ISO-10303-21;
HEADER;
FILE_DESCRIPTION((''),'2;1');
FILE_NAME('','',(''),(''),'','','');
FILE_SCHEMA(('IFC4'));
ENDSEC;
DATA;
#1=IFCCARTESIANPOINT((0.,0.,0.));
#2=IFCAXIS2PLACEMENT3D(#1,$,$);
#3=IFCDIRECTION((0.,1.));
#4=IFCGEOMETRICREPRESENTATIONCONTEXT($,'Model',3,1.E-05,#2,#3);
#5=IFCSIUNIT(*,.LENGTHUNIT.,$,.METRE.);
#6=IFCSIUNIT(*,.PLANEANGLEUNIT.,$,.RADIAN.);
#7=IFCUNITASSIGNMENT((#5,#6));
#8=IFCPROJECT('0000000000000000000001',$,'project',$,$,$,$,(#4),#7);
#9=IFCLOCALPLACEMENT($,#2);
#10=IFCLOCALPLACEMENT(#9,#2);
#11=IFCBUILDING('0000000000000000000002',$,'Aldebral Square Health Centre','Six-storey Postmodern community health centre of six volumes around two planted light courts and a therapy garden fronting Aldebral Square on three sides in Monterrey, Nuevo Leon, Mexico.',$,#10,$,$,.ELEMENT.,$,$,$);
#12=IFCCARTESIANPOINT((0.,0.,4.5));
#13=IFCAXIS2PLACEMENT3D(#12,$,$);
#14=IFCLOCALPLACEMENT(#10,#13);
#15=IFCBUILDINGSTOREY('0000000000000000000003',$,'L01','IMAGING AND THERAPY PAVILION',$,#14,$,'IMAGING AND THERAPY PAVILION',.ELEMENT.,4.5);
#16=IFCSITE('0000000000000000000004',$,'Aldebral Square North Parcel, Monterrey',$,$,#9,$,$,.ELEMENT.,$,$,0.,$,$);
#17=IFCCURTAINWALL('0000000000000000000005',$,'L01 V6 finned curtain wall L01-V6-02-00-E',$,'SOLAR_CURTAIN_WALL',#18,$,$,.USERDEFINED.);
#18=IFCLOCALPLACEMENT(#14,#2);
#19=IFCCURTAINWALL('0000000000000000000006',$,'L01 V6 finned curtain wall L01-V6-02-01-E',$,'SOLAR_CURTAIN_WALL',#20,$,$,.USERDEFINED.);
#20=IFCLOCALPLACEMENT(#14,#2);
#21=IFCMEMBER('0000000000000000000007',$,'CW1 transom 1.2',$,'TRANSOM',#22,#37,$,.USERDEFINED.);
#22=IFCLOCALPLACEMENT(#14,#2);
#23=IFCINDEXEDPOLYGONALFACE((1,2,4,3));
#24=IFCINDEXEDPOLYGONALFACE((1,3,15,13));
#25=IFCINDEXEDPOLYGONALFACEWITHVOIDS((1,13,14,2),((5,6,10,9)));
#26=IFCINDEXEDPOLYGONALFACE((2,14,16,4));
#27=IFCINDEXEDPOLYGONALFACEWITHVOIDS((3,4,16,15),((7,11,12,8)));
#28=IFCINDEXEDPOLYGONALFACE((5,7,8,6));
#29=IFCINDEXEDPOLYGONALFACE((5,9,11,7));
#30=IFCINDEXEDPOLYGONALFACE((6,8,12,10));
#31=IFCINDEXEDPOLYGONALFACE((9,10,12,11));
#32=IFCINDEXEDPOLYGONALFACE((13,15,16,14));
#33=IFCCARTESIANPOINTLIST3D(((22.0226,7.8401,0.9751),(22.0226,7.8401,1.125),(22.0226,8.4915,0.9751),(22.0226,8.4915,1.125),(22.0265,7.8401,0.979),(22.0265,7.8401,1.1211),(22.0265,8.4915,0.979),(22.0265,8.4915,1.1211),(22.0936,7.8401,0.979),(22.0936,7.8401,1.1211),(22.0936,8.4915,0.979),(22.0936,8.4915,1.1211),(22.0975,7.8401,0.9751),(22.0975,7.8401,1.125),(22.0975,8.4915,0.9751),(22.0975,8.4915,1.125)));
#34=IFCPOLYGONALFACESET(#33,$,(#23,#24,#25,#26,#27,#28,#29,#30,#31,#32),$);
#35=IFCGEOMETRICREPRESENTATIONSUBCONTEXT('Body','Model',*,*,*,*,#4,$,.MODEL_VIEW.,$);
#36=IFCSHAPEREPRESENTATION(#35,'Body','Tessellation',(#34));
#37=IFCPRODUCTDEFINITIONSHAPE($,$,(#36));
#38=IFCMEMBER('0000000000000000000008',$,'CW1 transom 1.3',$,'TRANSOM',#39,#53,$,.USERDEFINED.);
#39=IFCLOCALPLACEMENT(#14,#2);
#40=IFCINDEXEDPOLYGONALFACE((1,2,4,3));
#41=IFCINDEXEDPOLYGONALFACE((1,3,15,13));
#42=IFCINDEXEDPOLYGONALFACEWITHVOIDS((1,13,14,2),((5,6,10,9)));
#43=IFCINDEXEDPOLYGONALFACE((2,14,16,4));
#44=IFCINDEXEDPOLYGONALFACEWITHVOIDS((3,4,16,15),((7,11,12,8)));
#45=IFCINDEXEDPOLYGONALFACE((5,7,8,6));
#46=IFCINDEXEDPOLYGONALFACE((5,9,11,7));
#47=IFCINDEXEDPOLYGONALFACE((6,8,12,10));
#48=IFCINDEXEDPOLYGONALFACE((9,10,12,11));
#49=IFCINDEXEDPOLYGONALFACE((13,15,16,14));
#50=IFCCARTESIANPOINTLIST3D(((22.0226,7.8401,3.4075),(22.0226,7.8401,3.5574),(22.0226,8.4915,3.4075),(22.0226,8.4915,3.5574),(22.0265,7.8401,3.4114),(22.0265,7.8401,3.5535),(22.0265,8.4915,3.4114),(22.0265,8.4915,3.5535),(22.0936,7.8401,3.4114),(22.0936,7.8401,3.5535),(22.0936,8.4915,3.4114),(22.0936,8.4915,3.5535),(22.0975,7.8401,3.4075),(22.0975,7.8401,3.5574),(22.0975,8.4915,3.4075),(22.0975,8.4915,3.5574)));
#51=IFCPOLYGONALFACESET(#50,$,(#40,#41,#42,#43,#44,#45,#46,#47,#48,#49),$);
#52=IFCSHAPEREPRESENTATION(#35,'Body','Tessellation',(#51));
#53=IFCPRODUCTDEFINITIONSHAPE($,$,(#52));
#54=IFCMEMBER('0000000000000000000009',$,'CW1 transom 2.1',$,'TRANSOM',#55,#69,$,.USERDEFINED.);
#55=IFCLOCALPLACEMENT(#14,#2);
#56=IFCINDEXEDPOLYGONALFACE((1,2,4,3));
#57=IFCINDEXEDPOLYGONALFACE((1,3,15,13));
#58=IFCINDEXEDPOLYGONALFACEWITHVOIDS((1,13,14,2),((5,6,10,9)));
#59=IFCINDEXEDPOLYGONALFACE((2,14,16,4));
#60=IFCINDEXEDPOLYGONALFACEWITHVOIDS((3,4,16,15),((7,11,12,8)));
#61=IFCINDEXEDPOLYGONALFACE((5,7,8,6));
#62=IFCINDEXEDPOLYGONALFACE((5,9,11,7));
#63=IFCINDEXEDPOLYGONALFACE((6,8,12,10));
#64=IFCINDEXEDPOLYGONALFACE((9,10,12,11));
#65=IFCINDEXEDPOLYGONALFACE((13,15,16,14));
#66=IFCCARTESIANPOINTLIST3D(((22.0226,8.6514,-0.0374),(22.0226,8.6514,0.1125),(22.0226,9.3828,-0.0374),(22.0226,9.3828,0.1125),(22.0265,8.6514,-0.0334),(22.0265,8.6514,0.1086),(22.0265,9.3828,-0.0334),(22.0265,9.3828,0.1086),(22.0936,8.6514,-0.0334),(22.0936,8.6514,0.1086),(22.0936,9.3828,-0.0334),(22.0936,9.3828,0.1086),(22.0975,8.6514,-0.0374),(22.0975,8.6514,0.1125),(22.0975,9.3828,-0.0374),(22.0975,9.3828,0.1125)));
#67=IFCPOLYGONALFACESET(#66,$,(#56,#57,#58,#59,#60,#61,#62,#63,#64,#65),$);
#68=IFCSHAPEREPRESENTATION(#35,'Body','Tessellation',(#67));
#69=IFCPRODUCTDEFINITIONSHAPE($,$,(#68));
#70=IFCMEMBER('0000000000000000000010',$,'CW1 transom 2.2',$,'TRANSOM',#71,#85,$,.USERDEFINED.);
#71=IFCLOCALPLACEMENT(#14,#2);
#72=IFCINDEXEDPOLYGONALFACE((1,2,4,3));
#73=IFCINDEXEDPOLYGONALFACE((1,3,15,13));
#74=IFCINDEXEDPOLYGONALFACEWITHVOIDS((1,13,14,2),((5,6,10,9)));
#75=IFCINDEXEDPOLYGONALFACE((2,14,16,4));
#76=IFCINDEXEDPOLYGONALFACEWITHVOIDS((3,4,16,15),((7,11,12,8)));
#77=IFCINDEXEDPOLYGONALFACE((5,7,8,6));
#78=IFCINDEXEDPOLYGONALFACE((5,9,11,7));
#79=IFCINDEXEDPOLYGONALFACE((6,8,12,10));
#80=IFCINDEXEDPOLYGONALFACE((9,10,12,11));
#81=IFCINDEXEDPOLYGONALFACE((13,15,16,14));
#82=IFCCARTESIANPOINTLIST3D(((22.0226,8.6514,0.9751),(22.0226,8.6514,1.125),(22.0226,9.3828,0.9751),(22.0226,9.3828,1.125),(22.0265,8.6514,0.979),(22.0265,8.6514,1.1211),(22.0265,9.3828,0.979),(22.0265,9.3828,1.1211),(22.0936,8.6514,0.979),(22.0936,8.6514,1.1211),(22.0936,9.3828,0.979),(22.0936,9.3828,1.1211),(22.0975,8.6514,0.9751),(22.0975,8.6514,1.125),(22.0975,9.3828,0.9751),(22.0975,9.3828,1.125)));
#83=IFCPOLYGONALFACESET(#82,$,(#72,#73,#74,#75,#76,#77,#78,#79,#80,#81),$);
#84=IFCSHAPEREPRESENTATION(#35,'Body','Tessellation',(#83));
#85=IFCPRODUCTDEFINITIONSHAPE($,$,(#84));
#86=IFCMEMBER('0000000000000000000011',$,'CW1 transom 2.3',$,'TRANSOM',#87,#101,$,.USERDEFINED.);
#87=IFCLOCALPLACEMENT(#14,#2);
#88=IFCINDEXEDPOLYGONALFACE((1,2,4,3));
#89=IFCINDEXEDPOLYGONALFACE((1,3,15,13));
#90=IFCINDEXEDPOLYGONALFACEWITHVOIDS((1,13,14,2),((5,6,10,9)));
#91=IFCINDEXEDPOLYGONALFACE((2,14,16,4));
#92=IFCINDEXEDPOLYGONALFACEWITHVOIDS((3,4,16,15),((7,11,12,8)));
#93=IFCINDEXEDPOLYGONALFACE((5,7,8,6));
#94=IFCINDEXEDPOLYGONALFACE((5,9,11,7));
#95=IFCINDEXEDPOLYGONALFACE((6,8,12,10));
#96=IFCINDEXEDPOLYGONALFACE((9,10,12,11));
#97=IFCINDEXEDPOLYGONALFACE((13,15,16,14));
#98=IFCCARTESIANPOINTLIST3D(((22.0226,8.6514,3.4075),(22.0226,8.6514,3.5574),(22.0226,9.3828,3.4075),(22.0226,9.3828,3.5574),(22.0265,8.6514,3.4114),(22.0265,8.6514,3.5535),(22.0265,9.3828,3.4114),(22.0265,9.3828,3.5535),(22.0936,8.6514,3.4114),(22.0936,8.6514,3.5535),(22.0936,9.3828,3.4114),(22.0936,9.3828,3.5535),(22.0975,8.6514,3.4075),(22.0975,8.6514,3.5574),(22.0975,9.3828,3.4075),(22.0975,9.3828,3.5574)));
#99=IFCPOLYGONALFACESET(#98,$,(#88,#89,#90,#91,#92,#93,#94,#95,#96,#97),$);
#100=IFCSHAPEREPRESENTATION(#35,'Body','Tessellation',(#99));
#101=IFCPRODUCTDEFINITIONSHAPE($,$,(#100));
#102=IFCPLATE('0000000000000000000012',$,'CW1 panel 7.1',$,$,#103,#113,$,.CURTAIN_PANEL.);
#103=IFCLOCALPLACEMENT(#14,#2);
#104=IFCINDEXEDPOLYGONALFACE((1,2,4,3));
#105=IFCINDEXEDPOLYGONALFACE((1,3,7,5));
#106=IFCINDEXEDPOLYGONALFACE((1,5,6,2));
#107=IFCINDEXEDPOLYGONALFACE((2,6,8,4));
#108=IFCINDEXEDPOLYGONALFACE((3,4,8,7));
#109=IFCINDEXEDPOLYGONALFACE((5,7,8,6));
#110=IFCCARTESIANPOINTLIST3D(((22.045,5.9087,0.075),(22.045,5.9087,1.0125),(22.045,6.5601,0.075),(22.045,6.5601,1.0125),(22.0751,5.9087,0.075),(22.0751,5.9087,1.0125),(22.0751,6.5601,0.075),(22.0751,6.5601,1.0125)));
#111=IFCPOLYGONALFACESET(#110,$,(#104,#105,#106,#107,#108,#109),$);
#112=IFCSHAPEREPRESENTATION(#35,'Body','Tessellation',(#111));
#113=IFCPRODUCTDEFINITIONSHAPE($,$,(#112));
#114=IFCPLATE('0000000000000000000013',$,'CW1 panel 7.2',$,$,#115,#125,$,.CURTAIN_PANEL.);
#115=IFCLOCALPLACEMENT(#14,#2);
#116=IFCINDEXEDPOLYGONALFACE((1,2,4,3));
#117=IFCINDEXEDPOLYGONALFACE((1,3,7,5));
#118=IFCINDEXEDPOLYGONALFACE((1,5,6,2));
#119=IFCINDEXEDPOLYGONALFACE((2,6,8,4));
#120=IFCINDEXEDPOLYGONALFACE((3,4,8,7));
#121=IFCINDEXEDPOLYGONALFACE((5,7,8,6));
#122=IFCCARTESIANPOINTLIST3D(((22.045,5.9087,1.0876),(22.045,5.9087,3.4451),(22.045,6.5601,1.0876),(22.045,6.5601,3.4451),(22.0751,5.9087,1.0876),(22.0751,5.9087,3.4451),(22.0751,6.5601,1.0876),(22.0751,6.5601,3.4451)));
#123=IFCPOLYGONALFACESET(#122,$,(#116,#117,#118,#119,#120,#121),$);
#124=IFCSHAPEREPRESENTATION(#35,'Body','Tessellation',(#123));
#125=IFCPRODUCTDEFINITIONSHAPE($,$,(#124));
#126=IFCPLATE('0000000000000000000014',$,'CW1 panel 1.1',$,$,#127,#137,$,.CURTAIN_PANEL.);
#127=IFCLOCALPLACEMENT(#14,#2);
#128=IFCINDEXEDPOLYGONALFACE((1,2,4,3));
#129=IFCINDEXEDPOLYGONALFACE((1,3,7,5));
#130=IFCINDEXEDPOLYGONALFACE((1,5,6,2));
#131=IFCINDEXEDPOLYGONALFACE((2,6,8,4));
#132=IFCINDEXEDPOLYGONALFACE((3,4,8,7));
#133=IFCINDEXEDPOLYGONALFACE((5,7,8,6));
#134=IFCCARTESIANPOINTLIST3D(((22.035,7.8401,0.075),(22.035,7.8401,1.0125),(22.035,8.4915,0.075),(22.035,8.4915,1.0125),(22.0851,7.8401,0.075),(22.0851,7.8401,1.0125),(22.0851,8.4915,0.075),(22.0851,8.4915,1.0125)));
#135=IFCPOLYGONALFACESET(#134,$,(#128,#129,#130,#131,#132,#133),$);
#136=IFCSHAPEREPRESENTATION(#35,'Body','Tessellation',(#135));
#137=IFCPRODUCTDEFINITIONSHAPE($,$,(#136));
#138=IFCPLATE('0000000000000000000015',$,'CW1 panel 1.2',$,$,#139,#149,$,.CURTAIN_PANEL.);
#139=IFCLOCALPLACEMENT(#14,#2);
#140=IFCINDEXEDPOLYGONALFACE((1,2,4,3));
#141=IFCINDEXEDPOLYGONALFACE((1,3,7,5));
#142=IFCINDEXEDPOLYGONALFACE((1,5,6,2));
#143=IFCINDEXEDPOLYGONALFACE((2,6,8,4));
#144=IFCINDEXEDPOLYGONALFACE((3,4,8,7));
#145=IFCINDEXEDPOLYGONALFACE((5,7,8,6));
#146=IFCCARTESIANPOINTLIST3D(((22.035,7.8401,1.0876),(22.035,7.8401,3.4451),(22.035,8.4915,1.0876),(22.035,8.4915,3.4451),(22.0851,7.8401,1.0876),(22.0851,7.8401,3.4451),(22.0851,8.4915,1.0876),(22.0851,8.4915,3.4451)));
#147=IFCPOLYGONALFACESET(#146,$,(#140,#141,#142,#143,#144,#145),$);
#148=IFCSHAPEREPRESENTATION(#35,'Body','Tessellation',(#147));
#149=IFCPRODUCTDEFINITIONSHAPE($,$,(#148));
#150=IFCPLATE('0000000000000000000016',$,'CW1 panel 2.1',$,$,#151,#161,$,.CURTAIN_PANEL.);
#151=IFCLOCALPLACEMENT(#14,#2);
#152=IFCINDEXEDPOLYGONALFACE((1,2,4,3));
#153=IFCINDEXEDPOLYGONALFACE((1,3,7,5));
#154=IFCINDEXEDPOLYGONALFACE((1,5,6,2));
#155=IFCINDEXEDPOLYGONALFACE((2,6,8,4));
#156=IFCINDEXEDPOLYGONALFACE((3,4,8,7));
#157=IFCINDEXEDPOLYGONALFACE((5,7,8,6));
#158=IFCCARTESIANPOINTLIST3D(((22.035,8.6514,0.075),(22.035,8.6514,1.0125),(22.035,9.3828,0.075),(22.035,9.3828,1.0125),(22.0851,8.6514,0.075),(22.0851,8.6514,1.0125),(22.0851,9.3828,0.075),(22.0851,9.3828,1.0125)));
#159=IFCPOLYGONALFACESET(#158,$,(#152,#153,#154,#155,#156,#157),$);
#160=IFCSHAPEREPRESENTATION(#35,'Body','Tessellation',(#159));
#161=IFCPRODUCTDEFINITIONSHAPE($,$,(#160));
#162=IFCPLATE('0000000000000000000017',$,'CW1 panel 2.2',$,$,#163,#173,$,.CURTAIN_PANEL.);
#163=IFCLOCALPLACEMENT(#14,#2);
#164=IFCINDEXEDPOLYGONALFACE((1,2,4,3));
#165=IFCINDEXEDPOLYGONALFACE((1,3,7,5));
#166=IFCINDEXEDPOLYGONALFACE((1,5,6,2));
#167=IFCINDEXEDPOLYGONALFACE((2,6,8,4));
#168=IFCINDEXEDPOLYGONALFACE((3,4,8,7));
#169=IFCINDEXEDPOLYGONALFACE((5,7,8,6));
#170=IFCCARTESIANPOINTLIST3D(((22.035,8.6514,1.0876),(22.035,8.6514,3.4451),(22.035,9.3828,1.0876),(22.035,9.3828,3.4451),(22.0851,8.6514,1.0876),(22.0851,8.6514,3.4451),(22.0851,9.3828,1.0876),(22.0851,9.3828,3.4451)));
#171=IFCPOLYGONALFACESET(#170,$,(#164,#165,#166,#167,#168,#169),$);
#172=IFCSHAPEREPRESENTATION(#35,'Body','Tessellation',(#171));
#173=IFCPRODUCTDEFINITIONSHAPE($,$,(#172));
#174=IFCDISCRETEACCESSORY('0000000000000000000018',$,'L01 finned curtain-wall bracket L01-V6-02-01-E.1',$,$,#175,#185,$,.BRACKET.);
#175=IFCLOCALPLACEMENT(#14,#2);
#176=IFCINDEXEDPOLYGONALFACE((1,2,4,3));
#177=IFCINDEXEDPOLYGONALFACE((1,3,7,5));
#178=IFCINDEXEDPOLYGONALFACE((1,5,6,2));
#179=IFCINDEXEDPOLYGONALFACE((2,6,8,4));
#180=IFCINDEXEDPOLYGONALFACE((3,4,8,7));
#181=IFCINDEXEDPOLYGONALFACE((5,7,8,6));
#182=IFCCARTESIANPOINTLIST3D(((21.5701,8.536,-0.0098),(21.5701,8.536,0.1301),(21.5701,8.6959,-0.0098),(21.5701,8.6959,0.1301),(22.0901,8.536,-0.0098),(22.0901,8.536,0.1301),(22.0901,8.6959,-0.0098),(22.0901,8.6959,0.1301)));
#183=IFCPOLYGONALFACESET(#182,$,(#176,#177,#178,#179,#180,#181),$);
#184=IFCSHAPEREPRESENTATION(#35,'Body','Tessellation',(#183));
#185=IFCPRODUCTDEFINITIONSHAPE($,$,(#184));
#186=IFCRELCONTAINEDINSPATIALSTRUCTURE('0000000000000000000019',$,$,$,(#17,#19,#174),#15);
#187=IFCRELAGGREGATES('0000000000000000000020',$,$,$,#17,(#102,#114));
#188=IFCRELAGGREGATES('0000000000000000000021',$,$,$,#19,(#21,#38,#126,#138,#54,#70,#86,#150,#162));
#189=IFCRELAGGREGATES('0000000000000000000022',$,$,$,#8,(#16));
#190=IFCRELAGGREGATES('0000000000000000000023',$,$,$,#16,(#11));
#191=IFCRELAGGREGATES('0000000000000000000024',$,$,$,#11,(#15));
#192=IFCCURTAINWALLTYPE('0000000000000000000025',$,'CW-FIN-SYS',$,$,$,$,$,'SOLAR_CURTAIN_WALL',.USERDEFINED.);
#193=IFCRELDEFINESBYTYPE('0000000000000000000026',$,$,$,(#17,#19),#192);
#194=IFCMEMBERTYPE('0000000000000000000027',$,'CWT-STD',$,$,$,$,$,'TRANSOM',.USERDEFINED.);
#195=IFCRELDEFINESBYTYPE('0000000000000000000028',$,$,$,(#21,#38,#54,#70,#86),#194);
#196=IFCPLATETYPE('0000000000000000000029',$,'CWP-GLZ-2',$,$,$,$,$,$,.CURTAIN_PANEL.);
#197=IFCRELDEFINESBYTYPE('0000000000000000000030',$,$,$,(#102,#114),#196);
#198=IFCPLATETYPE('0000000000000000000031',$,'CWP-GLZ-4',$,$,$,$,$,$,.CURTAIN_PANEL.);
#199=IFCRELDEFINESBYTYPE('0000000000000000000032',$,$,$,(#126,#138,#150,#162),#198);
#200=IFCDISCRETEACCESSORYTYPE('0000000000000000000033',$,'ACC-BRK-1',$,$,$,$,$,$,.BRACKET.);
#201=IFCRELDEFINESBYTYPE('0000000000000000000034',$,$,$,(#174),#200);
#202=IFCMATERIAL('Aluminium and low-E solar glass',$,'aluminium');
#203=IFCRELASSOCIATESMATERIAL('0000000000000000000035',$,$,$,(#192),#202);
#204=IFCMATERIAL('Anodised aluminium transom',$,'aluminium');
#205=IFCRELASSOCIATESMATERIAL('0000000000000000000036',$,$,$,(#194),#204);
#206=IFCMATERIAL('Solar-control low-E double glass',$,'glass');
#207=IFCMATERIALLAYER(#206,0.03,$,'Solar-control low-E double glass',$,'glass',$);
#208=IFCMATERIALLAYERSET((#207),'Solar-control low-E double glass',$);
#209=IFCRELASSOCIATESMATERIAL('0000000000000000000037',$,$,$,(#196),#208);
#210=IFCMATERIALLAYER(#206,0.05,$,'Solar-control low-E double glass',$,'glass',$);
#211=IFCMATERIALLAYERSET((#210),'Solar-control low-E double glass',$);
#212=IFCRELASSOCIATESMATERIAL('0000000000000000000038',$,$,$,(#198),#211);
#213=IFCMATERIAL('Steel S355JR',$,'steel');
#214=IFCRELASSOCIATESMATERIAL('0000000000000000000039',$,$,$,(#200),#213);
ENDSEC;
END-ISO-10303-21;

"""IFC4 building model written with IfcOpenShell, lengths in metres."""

from ifc_helpers import new_model, si_unit, direction, frame, origin, origin_2d, place, context, subcontext, project, spatial, rectangle, hollow_rectangle, extrude, material, layer, layer_set, material_profile, profile_set, type_object, element, aggregate, save


model = new_model("IFC4")

# Units and contexts
model_context = context("Model", 3, precision=1e-05, world=origin(), true_north=direction((0.0, 1.0)))
body_context = subcontext(model_context, "Body", "Model", "MODEL_VIEW")
ifc_project = project(units=[si_unit("LENGTHUNIT", "METRE"), si_unit("PLANEANGLEUNIT", "RADIAN")], contexts=[model_context])

# Site, building, storey
site_placement = place(None, origin())
site = spatial("IfcSite", under=ifc_project, at=site_placement, Name="Aldebral Square North Parcel, Monterrey", CompositionType="ELEMENT", RefElevation=0.0)
building_placement = place(site_placement, origin())
building = spatial("IfcBuilding", under=site, at=building_placement, Name="Aldebral Square Health Centre", Description="Six-storey Postmodern community health centre of six volumes around two planted light courts and a therapy garden fronting Aldebral Square on three sides in Monterrey, Nuevo Leon, Mexico.", CompositionType="ELEMENT")
storey_placement = place(building_placement, frame((0.0, 0.0, 4.5)))
storey = spatial("IfcBuildingStorey", under=building, at=storey_placement, Name="L01", Description="IMAGING AND THERAPY PAVILION", LongName="IMAGING AND THERAPY PAVILION", CompositionType="ELEMENT", Elevation=4.5)

# Curtain wall
ifc_material_1 = material(Name="Aluminium and low-E solar glass", Category="aluminium")
curtain_wall_type = type_object("IfcCurtainWallType", Name="CW-FIN-SYS", ElementType="SOLAR_CURTAIN_WALL", PredefinedType="USERDEFINED", material=ifc_material_1)
curtain_wall_1_placement = place(storey_placement, origin())
curtain_wall_1 = element("IfcCurtainWall", 1, at=curtain_wall_1_placement, inside=storey, type_object=curtain_wall_type, Name="L01 V6 finned curtain wall L01-V6-02-00-E", ObjectType="SOLAR_CURTAIN_WALL", PredefinedType="USERDEFINED")

# Curtain wall
curtain_wall_2_placement = place(storey_placement, origin())
curtain_wall_2 = element("IfcCurtainWall", 2, at=curtain_wall_2_placement, inside=storey, type_object=curtain_wall_type, Name="L01 V6 finned curtain wall L01-V6-02-01-E", ObjectType="SOLAR_CURTAIN_WALL", PredefinedType="USERDEFINED")

# Members
ifc_material_2 = material(Name="Anodised aluminium transom", Category="aluminium")
ifc_material_profile_1 = material_profile(ifc_material_2, hollow_rectangle(XDim=0.075, YDim=0.1499, WallThickness=0.0039, at=origin_2d()), Name="CWT 75x150x4")
ifc_profile_set_1 = profile_set([ifc_material_profile_1], Name="Anodised aluminium transom")
member_type_1 = type_object("IfcMemberType", Name="CWT-STD", ElementType="TRANSOM", PredefinedType="USERDEFINED", material=ifc_profile_set_1)
member_1_placement = place(storey_placement, frame((22.0601, 7.8401, 1.05), z_axis=(0.0, 1.0, 0.0), x_axis=(-1.0, 0.0, 0.0)))
member_1 = element("IfcMember", 3, at=member_1_placement, type_object=member_type_1, Name="CW1 transom 1.2", ObjectType="TRANSOM", PredefinedType="USERDEFINED", context=body_context, shape_type="SweptSolid", body=[
    extrude(hollow_rectangle(XDim=0.075, YDim=0.1499, WallThickness=0.0039, at=origin_2d()), origin(), (0.0, 0.0, 1.0), 0.6514),
])
member_2_placement = place(storey_placement, frame((22.0601, 7.8401, 3.4824), z_axis=(0.0, 1.0, 0.0), x_axis=(-1.0, 0.0, 0.0)))
member_2 = element("IfcMember", 4, at=member_2_placement, type_object=member_type_1, Name="CW1 transom 1.3", ObjectType="TRANSOM", PredefinedType="USERDEFINED", context=body_context, shape_type="SweptSolid", body=[
    extrude(hollow_rectangle(XDim=0.075, YDim=0.1499, WallThickness=0.0039, at=origin_2d()), origin(), (0.0, 0.0, 1.0), 0.6514),
])
member_3_placement = place(storey_placement, frame((22.0601, 8.6514, 0.0376), z_axis=(0.0, 1.0, 0.0), x_axis=(-1.0, 0.0, 0.0)))
member_3 = element("IfcMember", 5, at=member_3_placement, type_object=member_type_1, Name="CW1 transom 2.1", ObjectType="TRANSOM", PredefinedType="USERDEFINED", context=body_context, shape_type="SweptSolid", body=[
    extrude(hollow_rectangle(XDim=0.075, YDim=0.1499, WallThickness=0.0039, at=origin_2d()), origin(), (0.0, 0.0, 1.0), 0.7314),
])
member_4_placement = place(storey_placement, frame((22.0601, 8.6514, 1.05), z_axis=(0.0, 1.0, 0.0), x_axis=(-1.0, 0.0, 0.0)))
member_4 = element("IfcMember", 6, at=member_4_placement, type_object=member_type_1, Name="CW1 transom 2.2", ObjectType="TRANSOM", PredefinedType="USERDEFINED", context=body_context, shape_type="SweptSolid", body=[
    extrude(hollow_rectangle(XDim=0.075, YDim=0.1499, WallThickness=0.0039, at=origin_2d()), origin(), (0.0, 0.0, 1.0), 0.7314),
])
member_5_placement = place(storey_placement, frame((22.0601, 8.6514, 3.4824), z_axis=(0.0, 1.0, 0.0), x_axis=(-1.0, 0.0, 0.0)))
member_5 = element("IfcMember", 7, at=member_5_placement, type_object=member_type_1, Name="CW1 transom 2.3", ObjectType="TRANSOM", PredefinedType="USERDEFINED", context=body_context, shape_type="SweptSolid", body=[
    extrude(hollow_rectangle(XDim=0.075, YDim=0.1499, WallThickness=0.0039, at=origin_2d()), origin(), (0.0, 0.0, 1.0), 0.7314),
])

# Plates
ifc_material_3 = material(Name="Solar-control low-E double glass", Category="glass")
ifc_layer_1 = layer(ifc_material_3, 0.03, Name="Solar-control low-E double glass", Category="glass")
ifc_layer_set_1 = layer_set([ifc_layer_1], Name="Solar-control low-E double glass")
plate_type_1 = type_object("IfcPlateType", Name="CWP-GLZ-2", PredefinedType="CURTAIN_PANEL", material=ifc_layer_set_1)
plate_1_placement = place(storey_placement, frame((22.0601, 6.2344, 0.075), z_axis=(0.0, 0.0, 1.0), x_axis=(0.0, 1.0, 0.0)))
plate_1 = element("IfcPlate", 8, at=plate_1_placement, type_object=plate_type_1, Name="CW1 panel 7.1", PredefinedType="CURTAIN_PANEL", context=body_context, shape_type="SweptSolid", body=[
    extrude(rectangle(XDim=0.6514, YDim=0.03, at=origin_2d()), origin(), (0.0, 0.0, 1.0), 0.9375),
])
plate_2_placement = place(storey_placement, frame((22.0601, 6.2344, 1.0876), z_axis=(0.0, 0.0, 1.0), x_axis=(0.0, 1.0, 0.0)))
plate_2 = element("IfcPlate", 9, at=plate_2_placement, type_object=plate_type_1, Name="CW1 panel 7.2", PredefinedType="CURTAIN_PANEL", context=body_context, shape_type="SweptSolid", body=[
    extrude(rectangle(XDim=0.6514, YDim=0.03, at=origin_2d()), origin(), (0.0, 0.0, 1.0), 2.3574),
])
aggregate(curtain_wall_1, [plate_1, plate_2])
ifc_layer_2 = layer(ifc_material_3, 0.05, Name="Solar-control low-E double glass", Category="glass")
ifc_layer_set_2 = layer_set([ifc_layer_2], Name="Solar-control low-E double glass")
plate_type_2 = type_object("IfcPlateType", Name="CWP-GLZ-4", PredefinedType="CURTAIN_PANEL", material=ifc_layer_set_2)
plate_3_placement = place(storey_placement, frame((22.0601, 8.1658, 0.075), z_axis=(0.0, 0.0, 1.0), x_axis=(0.0, 1.0, 0.0)))
plate_3 = element("IfcPlate", 10, at=plate_3_placement, type_object=plate_type_2, Name="CW1 panel 1.1", PredefinedType="CURTAIN_PANEL", context=body_context, shape_type="SweptSolid", body=[
    extrude(rectangle(XDim=0.6514, YDim=0.05, at=origin_2d()), origin(), (0.0, 0.0, 1.0), 0.9375),
])
plate_4_placement = place(storey_placement, frame((22.0601, 8.1658, 1.0876), z_axis=(0.0, 0.0, 1.0), x_axis=(0.0, 1.0, 0.0)))
plate_4 = element("IfcPlate", 11, at=plate_4_placement, type_object=plate_type_2, Name="CW1 panel 1.2", PredefinedType="CURTAIN_PANEL", context=body_context, shape_type="SweptSolid", body=[
    extrude(rectangle(XDim=0.6514, YDim=0.05, at=origin_2d()), origin(), (0.0, 0.0, 1.0), 2.3574),
])
plate_5_placement = place(storey_placement, frame((22.0601, 9.0171, 0.075), z_axis=(0.0, 0.0, 1.0), x_axis=(0.0, 1.0, 0.0)))
plate_5 = element("IfcPlate", 12, at=plate_5_placement, type_object=plate_type_2, Name="CW1 panel 2.1", PredefinedType="CURTAIN_PANEL", context=body_context, shape_type="SweptSolid", body=[
    extrude(rectangle(XDim=0.7314, YDim=0.05, at=origin_2d()), origin(), (0.0, 0.0, 1.0), 0.9375),
])
plate_6_placement = place(storey_placement, frame((22.0601, 9.0171, 1.0876), z_axis=(0.0, 0.0, 1.0), x_axis=(0.0, 1.0, 0.0)))
plate_6 = element("IfcPlate", 13, at=plate_6_placement, type_object=plate_type_2, Name="CW1 panel 2.2", PredefinedType="CURTAIN_PANEL", context=body_context, shape_type="SweptSolid", body=[
    extrude(rectangle(XDim=0.7314, YDim=0.05, at=origin_2d()), origin(), (0.0, 0.0, 1.0), 2.3574),
])
aggregate(curtain_wall_2, [member_1, member_2, plate_3, plate_4, member_3, member_4, member_5, plate_5, plate_6])

# Discrete accessory
ifc_material_4 = material(Name="Steel S355JR", Category="steel")
discrete_accessory_type = type_object("IfcDiscreteAccessoryType", Name="ACC-BRK-1", PredefinedType="BRACKET", material=ifc_material_4)
discrete_accessory_placement = place(storey_placement, frame((21.8301, 8.616, -0.0098), z_axis=(0.0, 0.0, 1.0), x_axis=(0.0, 1.0, 0.0)))
element("IfcDiscreteAccessory", 14, at=discrete_accessory_placement, inside=storey, type_object=discrete_accessory_type, Name="L01 finned curtain-wall bracket L01-V6-02-01-E.1", PredefinedType="BRACKET", context=body_context, shape_type="SweptSolid", body=[
    extrude(rectangle(XDim=0.1599, YDim=0.52, at=origin_2d()), origin(), (0.0, 0.0, 1.0), 0.1399),
])

save(model, "model.ifc")
